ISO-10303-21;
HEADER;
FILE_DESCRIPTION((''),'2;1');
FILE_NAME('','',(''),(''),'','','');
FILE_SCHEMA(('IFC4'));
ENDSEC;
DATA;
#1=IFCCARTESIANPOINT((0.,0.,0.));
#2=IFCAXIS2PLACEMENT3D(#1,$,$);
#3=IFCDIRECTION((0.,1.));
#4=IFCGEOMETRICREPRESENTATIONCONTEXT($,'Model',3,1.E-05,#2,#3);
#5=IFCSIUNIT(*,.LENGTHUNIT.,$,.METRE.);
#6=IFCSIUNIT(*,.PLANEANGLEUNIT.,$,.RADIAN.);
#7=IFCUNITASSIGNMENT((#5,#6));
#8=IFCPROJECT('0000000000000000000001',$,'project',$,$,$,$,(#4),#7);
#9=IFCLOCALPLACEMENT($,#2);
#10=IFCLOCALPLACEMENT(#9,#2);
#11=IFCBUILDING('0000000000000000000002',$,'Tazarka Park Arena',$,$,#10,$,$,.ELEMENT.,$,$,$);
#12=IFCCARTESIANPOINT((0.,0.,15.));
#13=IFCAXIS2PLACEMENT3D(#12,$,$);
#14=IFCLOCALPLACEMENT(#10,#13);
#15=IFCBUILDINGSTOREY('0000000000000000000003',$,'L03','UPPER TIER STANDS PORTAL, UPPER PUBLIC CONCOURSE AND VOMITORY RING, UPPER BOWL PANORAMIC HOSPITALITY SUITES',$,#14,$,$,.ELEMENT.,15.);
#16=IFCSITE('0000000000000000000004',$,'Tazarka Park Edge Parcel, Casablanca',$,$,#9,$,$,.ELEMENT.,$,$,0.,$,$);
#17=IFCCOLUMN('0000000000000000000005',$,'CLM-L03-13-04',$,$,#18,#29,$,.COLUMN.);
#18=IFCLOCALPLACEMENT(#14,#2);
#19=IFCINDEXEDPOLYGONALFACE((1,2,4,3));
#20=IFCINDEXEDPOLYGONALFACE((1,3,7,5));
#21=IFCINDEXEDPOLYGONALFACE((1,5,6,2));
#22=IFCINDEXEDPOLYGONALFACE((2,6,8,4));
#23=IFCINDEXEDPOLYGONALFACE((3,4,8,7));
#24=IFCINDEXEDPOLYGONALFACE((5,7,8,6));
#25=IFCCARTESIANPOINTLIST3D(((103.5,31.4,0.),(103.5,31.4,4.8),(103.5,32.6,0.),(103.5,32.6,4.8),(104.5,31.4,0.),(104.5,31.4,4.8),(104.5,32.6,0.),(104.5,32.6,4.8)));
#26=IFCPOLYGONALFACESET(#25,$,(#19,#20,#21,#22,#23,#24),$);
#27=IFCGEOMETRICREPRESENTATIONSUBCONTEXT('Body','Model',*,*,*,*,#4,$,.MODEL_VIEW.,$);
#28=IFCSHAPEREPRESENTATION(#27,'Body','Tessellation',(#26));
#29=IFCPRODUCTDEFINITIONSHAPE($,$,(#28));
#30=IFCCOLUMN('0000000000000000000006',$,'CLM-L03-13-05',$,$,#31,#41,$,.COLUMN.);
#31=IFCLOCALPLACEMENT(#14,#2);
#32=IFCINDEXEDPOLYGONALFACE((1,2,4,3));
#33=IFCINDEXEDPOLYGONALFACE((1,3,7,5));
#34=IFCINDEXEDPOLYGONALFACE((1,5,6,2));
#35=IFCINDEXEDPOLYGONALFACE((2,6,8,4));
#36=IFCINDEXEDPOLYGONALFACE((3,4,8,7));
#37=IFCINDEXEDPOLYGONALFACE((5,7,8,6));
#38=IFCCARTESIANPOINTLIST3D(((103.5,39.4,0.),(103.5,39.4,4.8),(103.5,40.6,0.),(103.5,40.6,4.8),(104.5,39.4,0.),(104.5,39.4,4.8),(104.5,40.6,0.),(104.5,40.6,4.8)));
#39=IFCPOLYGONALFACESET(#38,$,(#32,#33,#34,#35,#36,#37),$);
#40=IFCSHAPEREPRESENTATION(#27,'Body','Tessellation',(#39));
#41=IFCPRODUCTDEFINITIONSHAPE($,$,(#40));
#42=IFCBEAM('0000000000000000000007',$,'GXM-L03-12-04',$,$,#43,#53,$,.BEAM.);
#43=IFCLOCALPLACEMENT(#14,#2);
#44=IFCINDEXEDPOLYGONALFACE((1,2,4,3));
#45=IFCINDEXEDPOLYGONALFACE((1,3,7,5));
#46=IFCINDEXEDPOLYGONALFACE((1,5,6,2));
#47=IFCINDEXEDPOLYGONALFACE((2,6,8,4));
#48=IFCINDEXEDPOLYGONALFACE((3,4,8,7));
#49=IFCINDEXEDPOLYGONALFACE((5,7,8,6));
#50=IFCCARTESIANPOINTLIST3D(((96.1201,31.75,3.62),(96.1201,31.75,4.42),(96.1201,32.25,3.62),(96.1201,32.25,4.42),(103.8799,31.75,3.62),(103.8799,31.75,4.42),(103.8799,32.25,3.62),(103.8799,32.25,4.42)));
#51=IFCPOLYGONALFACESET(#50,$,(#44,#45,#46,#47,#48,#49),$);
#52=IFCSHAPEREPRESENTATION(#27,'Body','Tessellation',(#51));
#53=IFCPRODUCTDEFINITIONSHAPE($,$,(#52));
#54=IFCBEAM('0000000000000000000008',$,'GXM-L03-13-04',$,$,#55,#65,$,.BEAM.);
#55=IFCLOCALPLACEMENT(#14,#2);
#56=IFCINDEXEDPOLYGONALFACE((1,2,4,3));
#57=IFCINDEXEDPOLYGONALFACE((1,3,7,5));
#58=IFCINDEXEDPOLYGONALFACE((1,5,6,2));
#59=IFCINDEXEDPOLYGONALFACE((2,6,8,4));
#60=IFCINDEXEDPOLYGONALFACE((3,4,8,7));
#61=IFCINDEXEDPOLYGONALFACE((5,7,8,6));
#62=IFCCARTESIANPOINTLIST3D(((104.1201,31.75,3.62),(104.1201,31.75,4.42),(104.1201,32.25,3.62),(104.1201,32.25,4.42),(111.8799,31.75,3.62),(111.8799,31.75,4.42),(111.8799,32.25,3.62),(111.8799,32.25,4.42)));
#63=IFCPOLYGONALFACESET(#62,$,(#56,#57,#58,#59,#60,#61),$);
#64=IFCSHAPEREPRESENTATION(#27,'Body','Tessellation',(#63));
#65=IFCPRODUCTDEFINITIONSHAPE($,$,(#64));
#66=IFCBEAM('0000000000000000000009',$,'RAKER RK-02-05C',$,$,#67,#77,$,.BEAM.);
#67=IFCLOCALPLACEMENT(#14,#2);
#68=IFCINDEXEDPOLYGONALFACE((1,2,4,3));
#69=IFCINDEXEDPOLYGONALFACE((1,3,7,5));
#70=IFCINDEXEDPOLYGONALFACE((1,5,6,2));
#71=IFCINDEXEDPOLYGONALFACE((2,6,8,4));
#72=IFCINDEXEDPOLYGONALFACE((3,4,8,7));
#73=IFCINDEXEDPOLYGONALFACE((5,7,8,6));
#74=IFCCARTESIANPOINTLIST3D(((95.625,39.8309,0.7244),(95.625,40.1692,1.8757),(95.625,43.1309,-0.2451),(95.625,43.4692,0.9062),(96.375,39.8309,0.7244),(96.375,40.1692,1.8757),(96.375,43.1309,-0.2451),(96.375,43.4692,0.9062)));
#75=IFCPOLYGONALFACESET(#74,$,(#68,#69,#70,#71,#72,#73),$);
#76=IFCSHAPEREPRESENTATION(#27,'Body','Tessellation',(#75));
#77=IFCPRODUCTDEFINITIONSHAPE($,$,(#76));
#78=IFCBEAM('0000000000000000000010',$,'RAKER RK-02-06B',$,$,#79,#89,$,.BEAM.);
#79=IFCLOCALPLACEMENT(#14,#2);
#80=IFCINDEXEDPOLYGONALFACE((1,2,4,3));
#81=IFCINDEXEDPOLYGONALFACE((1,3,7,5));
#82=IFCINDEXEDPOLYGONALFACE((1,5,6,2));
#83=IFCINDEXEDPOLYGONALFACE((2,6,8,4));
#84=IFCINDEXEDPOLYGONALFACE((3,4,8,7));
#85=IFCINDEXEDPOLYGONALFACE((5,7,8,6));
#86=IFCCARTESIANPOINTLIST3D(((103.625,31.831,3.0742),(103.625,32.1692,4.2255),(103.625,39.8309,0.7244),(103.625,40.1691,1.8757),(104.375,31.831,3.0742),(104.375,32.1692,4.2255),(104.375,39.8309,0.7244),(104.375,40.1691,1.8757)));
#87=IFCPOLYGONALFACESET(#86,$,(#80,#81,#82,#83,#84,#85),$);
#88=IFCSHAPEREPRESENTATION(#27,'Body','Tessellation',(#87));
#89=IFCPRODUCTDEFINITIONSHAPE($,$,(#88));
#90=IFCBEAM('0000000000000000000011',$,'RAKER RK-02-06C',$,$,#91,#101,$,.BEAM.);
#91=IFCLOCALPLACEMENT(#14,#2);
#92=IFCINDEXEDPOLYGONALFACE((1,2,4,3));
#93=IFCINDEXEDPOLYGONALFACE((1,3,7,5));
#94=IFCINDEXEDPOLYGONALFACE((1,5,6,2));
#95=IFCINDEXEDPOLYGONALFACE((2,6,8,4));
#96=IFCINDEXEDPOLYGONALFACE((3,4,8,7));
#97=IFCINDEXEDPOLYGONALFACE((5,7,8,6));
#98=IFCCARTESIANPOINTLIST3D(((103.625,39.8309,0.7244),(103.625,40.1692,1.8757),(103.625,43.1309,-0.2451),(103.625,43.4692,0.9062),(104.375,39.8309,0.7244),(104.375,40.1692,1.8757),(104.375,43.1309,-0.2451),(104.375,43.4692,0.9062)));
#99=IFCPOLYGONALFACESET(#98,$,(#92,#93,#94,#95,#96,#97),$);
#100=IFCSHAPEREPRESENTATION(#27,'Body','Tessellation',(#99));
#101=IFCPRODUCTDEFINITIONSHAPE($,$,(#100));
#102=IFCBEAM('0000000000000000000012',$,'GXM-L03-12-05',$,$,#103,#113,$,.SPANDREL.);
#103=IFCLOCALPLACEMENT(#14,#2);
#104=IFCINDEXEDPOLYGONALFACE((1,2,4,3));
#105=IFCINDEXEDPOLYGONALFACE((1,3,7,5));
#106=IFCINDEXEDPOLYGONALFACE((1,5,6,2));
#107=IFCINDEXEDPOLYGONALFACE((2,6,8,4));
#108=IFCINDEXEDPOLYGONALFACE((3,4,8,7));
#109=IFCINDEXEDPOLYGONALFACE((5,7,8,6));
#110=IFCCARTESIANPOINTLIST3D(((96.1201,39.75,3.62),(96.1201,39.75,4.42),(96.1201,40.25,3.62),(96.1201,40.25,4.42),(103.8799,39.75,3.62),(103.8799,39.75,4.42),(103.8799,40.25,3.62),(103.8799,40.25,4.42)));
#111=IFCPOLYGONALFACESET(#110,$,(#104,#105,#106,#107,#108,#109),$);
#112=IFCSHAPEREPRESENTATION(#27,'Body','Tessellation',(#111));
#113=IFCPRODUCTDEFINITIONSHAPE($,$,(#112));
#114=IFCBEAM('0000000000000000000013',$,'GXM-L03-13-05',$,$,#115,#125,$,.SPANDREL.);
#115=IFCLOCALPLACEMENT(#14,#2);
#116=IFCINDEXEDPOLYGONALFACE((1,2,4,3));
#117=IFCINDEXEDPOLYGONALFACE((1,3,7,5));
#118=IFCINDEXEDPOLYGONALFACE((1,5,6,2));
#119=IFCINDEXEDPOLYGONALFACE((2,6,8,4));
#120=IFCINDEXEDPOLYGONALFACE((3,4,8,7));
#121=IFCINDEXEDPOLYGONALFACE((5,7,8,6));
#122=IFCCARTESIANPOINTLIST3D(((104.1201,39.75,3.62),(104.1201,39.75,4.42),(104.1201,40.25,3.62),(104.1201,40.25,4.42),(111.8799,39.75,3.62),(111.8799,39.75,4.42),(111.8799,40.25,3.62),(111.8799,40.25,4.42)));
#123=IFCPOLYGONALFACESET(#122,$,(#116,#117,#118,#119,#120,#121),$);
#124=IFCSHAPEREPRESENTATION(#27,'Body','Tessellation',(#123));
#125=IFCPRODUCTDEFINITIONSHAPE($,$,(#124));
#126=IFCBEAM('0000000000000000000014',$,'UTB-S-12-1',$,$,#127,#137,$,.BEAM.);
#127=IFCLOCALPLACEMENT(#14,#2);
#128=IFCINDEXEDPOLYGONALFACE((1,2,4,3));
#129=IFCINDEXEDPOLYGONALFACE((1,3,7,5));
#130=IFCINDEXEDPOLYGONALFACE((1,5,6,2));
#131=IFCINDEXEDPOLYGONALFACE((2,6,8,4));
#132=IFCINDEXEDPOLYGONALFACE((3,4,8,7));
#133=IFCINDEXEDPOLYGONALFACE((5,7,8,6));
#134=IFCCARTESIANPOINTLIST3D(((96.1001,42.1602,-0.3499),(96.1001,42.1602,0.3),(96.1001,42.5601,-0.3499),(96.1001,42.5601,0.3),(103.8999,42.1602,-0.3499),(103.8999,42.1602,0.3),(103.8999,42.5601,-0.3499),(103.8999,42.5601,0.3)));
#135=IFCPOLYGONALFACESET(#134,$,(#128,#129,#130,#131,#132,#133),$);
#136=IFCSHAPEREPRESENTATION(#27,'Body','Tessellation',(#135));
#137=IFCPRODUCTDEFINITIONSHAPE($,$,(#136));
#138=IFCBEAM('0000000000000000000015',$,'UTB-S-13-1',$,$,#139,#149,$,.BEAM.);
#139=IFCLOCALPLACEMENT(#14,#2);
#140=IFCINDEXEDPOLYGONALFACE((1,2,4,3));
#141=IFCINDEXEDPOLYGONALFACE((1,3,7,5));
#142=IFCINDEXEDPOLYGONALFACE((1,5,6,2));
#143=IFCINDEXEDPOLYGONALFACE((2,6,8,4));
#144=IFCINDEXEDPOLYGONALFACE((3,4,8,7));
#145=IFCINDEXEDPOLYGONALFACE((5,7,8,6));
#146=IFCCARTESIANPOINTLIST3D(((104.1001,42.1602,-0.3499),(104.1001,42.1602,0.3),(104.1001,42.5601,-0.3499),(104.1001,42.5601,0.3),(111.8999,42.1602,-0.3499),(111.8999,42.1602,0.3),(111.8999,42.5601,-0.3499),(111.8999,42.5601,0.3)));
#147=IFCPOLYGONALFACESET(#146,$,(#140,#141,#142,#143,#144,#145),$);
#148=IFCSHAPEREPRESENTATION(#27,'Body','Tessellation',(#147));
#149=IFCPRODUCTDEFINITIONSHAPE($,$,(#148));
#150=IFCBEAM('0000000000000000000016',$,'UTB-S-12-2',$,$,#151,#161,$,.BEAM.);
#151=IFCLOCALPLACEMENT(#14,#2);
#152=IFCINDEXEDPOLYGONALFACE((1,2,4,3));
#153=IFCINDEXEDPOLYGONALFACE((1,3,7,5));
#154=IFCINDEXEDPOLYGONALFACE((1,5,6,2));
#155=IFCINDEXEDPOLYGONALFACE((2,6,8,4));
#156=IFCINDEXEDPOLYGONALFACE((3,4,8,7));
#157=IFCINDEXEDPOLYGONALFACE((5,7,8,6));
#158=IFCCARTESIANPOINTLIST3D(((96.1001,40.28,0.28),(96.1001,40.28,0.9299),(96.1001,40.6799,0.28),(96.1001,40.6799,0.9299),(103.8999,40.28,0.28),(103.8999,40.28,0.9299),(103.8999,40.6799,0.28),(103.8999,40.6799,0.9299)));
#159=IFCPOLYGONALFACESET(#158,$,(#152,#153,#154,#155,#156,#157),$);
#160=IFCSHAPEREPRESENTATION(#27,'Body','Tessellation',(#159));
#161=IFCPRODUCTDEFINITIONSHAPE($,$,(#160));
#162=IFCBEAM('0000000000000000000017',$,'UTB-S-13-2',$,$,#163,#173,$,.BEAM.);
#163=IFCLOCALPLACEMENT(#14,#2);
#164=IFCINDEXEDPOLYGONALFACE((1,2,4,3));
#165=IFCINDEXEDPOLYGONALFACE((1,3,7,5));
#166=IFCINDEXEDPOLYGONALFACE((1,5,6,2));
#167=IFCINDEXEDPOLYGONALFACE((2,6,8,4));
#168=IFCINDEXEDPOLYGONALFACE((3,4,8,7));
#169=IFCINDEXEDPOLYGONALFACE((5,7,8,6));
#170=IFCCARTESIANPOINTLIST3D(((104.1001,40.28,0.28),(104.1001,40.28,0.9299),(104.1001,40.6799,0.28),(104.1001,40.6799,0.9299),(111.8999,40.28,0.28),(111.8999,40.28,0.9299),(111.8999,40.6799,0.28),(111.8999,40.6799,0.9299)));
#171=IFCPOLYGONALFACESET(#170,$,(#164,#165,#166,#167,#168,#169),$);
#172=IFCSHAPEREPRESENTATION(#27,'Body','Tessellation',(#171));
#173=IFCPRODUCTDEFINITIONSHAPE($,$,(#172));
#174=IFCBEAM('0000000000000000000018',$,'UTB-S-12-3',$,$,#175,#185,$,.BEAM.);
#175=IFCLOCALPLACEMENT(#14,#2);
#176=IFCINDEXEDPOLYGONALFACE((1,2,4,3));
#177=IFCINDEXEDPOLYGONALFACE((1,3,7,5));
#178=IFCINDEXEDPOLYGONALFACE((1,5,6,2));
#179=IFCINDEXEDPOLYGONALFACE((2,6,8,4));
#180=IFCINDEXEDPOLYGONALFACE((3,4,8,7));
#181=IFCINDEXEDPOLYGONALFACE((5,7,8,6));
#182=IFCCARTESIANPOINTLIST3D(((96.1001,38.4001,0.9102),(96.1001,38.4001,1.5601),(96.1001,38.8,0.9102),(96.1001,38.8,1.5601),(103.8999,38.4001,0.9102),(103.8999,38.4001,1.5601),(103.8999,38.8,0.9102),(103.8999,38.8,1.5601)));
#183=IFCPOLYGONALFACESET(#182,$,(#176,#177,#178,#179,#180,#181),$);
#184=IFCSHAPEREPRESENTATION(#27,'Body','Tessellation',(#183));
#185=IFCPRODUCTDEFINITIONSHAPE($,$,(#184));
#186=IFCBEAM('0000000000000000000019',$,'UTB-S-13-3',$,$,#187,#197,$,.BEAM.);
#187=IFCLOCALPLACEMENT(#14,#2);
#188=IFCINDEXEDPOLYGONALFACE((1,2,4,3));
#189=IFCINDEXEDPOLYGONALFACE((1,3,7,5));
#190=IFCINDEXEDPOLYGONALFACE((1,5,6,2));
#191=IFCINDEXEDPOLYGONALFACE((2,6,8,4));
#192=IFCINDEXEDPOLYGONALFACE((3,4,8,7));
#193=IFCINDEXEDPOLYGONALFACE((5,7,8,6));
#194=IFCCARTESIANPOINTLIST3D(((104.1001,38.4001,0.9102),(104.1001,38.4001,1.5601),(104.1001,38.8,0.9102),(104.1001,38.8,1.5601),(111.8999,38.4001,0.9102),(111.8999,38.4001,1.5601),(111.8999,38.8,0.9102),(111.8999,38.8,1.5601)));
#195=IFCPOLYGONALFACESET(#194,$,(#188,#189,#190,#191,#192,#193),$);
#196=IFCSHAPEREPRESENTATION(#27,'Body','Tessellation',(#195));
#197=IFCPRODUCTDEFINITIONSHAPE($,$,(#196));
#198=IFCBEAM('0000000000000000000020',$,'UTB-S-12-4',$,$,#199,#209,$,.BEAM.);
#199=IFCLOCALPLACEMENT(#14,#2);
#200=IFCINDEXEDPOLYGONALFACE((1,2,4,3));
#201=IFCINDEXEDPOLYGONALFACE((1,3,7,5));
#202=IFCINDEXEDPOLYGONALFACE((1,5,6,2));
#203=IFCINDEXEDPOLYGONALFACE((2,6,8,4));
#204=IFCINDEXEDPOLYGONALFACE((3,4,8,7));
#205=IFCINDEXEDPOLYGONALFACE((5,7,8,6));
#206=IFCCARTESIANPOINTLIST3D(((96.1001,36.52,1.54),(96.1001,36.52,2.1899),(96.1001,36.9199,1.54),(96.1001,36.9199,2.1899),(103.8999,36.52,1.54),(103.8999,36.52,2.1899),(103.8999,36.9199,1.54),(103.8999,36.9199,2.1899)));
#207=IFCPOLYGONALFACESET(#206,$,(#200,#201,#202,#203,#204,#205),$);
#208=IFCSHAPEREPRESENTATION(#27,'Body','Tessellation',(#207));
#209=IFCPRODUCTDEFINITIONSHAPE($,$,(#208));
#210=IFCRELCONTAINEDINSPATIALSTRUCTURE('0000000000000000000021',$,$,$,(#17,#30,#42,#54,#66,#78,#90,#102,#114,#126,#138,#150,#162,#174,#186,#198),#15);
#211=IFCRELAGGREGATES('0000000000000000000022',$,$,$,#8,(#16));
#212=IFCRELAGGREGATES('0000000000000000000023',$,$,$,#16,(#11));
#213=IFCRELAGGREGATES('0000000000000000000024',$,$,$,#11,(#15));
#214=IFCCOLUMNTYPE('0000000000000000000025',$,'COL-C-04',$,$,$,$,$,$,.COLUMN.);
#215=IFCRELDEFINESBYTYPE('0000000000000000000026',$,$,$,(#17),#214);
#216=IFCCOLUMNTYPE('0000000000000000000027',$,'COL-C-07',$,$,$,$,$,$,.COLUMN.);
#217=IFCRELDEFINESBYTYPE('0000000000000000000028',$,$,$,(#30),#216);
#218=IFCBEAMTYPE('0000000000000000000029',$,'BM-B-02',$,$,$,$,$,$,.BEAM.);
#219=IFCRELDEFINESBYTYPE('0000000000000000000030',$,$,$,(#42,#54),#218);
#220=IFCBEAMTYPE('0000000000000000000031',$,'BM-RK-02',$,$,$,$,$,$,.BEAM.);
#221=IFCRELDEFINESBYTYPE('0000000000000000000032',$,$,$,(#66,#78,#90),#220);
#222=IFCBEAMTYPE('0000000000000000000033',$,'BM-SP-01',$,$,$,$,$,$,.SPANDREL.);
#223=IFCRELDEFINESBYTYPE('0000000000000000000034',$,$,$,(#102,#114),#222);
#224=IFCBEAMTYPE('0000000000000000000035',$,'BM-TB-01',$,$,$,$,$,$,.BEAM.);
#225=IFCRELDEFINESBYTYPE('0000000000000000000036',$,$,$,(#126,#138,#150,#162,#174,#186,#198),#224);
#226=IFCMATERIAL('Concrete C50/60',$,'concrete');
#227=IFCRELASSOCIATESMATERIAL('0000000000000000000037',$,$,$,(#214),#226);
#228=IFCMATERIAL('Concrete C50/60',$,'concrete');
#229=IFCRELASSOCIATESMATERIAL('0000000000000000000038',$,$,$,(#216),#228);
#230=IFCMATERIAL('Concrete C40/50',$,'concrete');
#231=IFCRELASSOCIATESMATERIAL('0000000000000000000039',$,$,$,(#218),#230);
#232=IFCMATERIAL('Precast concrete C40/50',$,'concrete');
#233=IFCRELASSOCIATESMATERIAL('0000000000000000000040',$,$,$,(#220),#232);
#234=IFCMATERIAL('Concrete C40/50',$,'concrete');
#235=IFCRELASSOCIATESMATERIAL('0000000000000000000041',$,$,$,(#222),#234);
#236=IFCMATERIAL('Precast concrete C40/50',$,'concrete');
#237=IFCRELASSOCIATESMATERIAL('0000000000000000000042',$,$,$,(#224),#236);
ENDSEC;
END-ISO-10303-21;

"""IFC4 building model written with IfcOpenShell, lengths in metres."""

from ifc_helpers import new_model, si_unit, direction, frame, origin, origin_2d, place, context, subcontext, project, spatial, rectangle, extrude, material, material_profile, profile_set, type_object, element, save


model = new_model("IFC4")

# Units and contexts
model_context = context("Model", 3, precision=1e-05, world=origin(), true_north=direction((0.0, 1.0)))
body_context = subcontext(model_context, "Body", "Model", "MODEL_VIEW")
ifc_project = project(units=[si_unit("LENGTHUNIT", "METRE"), si_unit("PLANEANGLEUNIT", "RADIAN")], contexts=[model_context])

# Site, building, storey
site_placement = place(None, origin())
site = spatial("IfcSite", under=ifc_project, at=site_placement, Name="Tazarka Park Edge Parcel, Casablanca", CompositionType="ELEMENT", RefElevation=0.0)
building_placement = place(site_placement, origin())
building = spatial("IfcBuilding", under=site, at=building_placement, Name="Tazarka Park Arena", CompositionType="ELEMENT")
storey_placement = place(building_placement, frame((0.0, 0.0, 15.0)))
storey = spatial("IfcBuildingStorey", under=building, at=storey_placement, Name="L03", Description="UPPER TIER STANDS PORTAL, UPPER PUBLIC CONCOURSE AND VOMITORY RING, UPPER BOWL PANORAMIC HOSPITALITY SUITES", CompositionType="ELEMENT", Elevation=15.0)

# Columns
ifc_material_1 = material(Name="Concrete C50/60", Category="concrete")
ifc_material_profile_1 = material_profile(ifc_material_1, rectangle(XDim=1.0, YDim=1.2, at=origin_2d()), Name="Concrete C50/60")
ifc_profile_set_1 = profile_set([ifc_material_profile_1], Name="Concrete C50/60")
column_type_1 = type_object("IfcColumnType", Name="COL-C-04", PredefinedType="COLUMN", material=ifc_profile_set_1)
column_1_placement = place(storey_placement, frame((104.0, 32.0, 0.0), z_axis=(0.0, 0.0, 1.0), x_axis=(1.0, 0.0, 0.0)))
element("IfcColumn", 1, at=column_1_placement, inside=storey, type_object=column_type_1, Name="CLM-L03-13-04", PredefinedType="COLUMN", context=body_context, shape_type="SweptSolid", body=[
    extrude(rectangle(XDim=1.0, YDim=1.2, at=origin_2d()), origin(), (0.0, 0.0, 1.0), 4.8),
])
ifc_material_2 = material(Name="Concrete C50/60", Category="concrete")
ifc_material_profile_2 = material_profile(ifc_material_2, rectangle(XDim=1.0, YDim=1.2, at=origin_2d()), Name="Concrete C50/60")
ifc_profile_set_2 = profile_set([ifc_material_profile_2], Name="Concrete C50/60")
column_type_2 = type_object("IfcColumnType", Name="COL-C-07", PredefinedType="COLUMN", material=ifc_profile_set_2)
column_2_placement = place(storey_placement, frame((104.0, 40.0, 0.0), z_axis=(0.0, 0.0, 1.0), x_axis=(1.0, 0.0, 0.0)))
element("IfcColumn", 2, at=column_2_placement, inside=storey, type_object=column_type_2, Name="CLM-L03-13-05", PredefinedType="COLUMN", context=body_context, shape_type="SweptSolid", body=[
    extrude(rectangle(XDim=1.0, YDim=1.2, at=origin_2d()), origin(), (0.0, 0.0, 1.0), 4.8),
])

# Beams
ifc_material_3 = material(Name="Concrete C40/50", Category="concrete")
ifc_material_profile_3 = material_profile(ifc_material_3, rectangle(XDim=0.5, YDim=0.8, at=origin_2d()), Name="Concrete C40/50")
ifc_profile_set_3 = profile_set([ifc_material_profile_3], Name="Concrete C40/50")
beam_type_1 = type_object("IfcBeamType", Name="BM-B-02", PredefinedType="BEAM", material=ifc_profile_set_3)
for number, where, z_axis, x_axis, name in (
    (3, (96.1201, 32.0, 4.02), (1.0, 0.0, 0.0), (0.0, 1.0, 0.0), "GXM-L03-12-04"),
    (4, (104.1201, 32.0, 4.02), (1.0, 0.0, 0.0), (0.0, 1.0, 0.0), "GXM-L03-13-04"),
):
    element("IfcBeam", number, at=place(storey_placement, frame(where, z_axis=z_axis, x_axis=x_axis)), inside=storey, type_object=beam_type_1, Name=name, PredefinedType="BEAM", context=body_context, shape_type="SweptSolid", body=[
        extrude(rectangle(XDim=0.5, YDim=0.8, at=origin_2d()), origin(), (0.0, 0.0, 1.0), 7.7598),
    ])
ifc_material_4 = material(Name="Precast concrete C40/50", Category="concrete")
ifc_material_profile_4 = material_profile(ifc_material_4, rectangle(XDim=0.75, YDim=1.2, at=origin_2d()), Name="Precast concrete C40/50")
ifc_profile_set_4 = profile_set([ifc_material_profile_4], Name="Precast concrete C40/50")
beam_type_2 = type_object("IfcBeamType", Name="BM-RK-02", PredefinedType="BEAM", material=ifc_profile_set_4)
beam_1_placement = place(storey_placement, frame((96.0, 43.3, 0.3306), z_axis=(0.0, -0.959454, 0.281867), x_axis=(1.0, 0.0, 0.0)))
element("IfcBeam", 5, at=beam_1_placement, inside=storey, type_object=beam_type_2, Name="RAKER RK-02-05C", PredefinedType="BEAM", context=body_context, shape_type="SweptSolid", body=[
    extrude(rectangle(XDim=0.75, YDim=1.2, at=origin_2d()), origin(), (0.0, 0.0, 1.0), 3.4395),
])
beam_2_placement = place(storey_placement, frame((104.0, 40.0, 1.3), z_axis=(0.0, -0.959466, 0.281825), x_axis=(1.0, 0.0, 0.0)))
element("IfcBeam", 6, at=beam_2_placement, inside=storey, type_object=beam_type_2, Name="RAKER RK-02-06B", PredefinedType="BEAM", context=body_context, shape_type="SweptSolid", body=[
    extrude(rectangle(XDim=0.75, YDim=1.2, at=origin_2d()), origin(), (0.0, 0.0, 1.0), 8.3379),
])
beam_3_placement = place(storey_placement, frame((104.0, 43.3, 0.3306), z_axis=(0.0, -0.959454, 0.281867), x_axis=(1.0, 0.0, 0.0)))
element("IfcBeam", 7, at=beam_3_placement, inside=storey, type_object=beam_type_2, Name="RAKER RK-02-06C", PredefinedType="BEAM", context=body_context, shape_type="SweptSolid", body=[
    extrude(rectangle(XDim=0.75, YDim=1.2, at=origin_2d()), origin(), (0.0, 0.0, 1.0), 3.4395),
])
ifc_material_5 = material(Name="Concrete C40/50", Category="concrete")
ifc_material_profile_5 = material_profile(ifc_material_5, rectangle(XDim=0.5, YDim=0.8, at=origin_2d()), Name="Concrete C40/50")
ifc_profile_set_5 = profile_set([ifc_material_profile_5], Name="Concrete C40/50")
beam_type_3 = type_object("IfcBeamType", Name="BM-SP-01", PredefinedType="SPANDREL", material=ifc_profile_set_5)
for number, where, z_axis, x_axis, name in (
    (8, (96.1201, 40.0, 4.02), (1.0, 0.0, 0.0), (0.0, 1.0, 0.0), "GXM-L03-12-05"),
    (9, (104.1201, 40.0, 4.02), (1.0, 0.0, 0.0), (0.0, 1.0, 0.0), "GXM-L03-13-05"),
):
    element("IfcBeam", number, at=place(storey_placement, frame(where, z_axis=z_axis, x_axis=x_axis)), inside=storey, type_object=beam_type_3, Name=name, PredefinedType="SPANDREL", context=body_context, shape_type="SweptSolid", body=[
        extrude(rectangle(XDim=0.5, YDim=0.8, at=origin_2d()), origin(), (0.0, 0.0, 1.0), 7.7598),
    ])
ifc_material_6 = material(Name="Precast concrete C40/50", Category="concrete")
ifc_material_profile_6 = material_profile(ifc_material_6, rectangle(XDim=0.3999, YDim=0.6499, at=origin_2d()), Name="Precast concrete C40/50")
ifc_profile_set_6 = profile_set([ifc_material_profile_6], Name="Precast concrete C40/50")
beam_type_4 = type_object("IfcBeamType", Name="BM-TB-01", PredefinedType="BEAM", material=ifc_profile_set_6)
for number, where, z_axis, x_axis, name in (
    (10, (96.1001, 42.3601, -0.0249), (1.0, 0.0, 0.0), (0.0, 1.0, 0.0), "UTB-S-12-1"),
    (11, (104.1001, 42.3601, -0.0249), (1.0, 0.0, 0.0), (0.0, 1.0, 0.0), "UTB-S-13-1"),
    (12, (96.1001, 40.48, 0.605), (1.0, 0.0, 0.0), (0.0, 1.0, 0.0), "UTB-S-12-2"),
    (13, (104.1001, 40.48, 0.605), (1.0, 0.0, 0.0), (0.0, 1.0, 0.0), "UTB-S-13-2"),
    (14, (96.1001, 38.6001, 1.2351), (1.0, 0.0, 0.0), (0.0, 1.0, 0.0), "UTB-S-12-3"),
    (15, (104.1001, 38.6001, 1.2351), (1.0, 0.0, 0.0), (0.0, 1.0, 0.0), "UTB-S-13-3"),
    (16, (96.1001, 36.72, 1.865), (1.0, 0.0, 0.0), (0.0, 1.0, 0.0), "UTB-S-12-4"),
):
    element("IfcBeam", number, at=place(storey_placement, frame(where, z_axis=z_axis, x_axis=x_axis)), inside=storey, type_object=beam_type_4, Name=name, PredefinedType="BEAM", context=body_context, shape_type="SweptSolid", body=[
        extrude(rectangle(XDim=0.3999, YDim=0.6499, at=origin_2d()), origin(), (0.0, 0.0, 1.0), 7.7998),
    ])

save(model, "model.ifc")
